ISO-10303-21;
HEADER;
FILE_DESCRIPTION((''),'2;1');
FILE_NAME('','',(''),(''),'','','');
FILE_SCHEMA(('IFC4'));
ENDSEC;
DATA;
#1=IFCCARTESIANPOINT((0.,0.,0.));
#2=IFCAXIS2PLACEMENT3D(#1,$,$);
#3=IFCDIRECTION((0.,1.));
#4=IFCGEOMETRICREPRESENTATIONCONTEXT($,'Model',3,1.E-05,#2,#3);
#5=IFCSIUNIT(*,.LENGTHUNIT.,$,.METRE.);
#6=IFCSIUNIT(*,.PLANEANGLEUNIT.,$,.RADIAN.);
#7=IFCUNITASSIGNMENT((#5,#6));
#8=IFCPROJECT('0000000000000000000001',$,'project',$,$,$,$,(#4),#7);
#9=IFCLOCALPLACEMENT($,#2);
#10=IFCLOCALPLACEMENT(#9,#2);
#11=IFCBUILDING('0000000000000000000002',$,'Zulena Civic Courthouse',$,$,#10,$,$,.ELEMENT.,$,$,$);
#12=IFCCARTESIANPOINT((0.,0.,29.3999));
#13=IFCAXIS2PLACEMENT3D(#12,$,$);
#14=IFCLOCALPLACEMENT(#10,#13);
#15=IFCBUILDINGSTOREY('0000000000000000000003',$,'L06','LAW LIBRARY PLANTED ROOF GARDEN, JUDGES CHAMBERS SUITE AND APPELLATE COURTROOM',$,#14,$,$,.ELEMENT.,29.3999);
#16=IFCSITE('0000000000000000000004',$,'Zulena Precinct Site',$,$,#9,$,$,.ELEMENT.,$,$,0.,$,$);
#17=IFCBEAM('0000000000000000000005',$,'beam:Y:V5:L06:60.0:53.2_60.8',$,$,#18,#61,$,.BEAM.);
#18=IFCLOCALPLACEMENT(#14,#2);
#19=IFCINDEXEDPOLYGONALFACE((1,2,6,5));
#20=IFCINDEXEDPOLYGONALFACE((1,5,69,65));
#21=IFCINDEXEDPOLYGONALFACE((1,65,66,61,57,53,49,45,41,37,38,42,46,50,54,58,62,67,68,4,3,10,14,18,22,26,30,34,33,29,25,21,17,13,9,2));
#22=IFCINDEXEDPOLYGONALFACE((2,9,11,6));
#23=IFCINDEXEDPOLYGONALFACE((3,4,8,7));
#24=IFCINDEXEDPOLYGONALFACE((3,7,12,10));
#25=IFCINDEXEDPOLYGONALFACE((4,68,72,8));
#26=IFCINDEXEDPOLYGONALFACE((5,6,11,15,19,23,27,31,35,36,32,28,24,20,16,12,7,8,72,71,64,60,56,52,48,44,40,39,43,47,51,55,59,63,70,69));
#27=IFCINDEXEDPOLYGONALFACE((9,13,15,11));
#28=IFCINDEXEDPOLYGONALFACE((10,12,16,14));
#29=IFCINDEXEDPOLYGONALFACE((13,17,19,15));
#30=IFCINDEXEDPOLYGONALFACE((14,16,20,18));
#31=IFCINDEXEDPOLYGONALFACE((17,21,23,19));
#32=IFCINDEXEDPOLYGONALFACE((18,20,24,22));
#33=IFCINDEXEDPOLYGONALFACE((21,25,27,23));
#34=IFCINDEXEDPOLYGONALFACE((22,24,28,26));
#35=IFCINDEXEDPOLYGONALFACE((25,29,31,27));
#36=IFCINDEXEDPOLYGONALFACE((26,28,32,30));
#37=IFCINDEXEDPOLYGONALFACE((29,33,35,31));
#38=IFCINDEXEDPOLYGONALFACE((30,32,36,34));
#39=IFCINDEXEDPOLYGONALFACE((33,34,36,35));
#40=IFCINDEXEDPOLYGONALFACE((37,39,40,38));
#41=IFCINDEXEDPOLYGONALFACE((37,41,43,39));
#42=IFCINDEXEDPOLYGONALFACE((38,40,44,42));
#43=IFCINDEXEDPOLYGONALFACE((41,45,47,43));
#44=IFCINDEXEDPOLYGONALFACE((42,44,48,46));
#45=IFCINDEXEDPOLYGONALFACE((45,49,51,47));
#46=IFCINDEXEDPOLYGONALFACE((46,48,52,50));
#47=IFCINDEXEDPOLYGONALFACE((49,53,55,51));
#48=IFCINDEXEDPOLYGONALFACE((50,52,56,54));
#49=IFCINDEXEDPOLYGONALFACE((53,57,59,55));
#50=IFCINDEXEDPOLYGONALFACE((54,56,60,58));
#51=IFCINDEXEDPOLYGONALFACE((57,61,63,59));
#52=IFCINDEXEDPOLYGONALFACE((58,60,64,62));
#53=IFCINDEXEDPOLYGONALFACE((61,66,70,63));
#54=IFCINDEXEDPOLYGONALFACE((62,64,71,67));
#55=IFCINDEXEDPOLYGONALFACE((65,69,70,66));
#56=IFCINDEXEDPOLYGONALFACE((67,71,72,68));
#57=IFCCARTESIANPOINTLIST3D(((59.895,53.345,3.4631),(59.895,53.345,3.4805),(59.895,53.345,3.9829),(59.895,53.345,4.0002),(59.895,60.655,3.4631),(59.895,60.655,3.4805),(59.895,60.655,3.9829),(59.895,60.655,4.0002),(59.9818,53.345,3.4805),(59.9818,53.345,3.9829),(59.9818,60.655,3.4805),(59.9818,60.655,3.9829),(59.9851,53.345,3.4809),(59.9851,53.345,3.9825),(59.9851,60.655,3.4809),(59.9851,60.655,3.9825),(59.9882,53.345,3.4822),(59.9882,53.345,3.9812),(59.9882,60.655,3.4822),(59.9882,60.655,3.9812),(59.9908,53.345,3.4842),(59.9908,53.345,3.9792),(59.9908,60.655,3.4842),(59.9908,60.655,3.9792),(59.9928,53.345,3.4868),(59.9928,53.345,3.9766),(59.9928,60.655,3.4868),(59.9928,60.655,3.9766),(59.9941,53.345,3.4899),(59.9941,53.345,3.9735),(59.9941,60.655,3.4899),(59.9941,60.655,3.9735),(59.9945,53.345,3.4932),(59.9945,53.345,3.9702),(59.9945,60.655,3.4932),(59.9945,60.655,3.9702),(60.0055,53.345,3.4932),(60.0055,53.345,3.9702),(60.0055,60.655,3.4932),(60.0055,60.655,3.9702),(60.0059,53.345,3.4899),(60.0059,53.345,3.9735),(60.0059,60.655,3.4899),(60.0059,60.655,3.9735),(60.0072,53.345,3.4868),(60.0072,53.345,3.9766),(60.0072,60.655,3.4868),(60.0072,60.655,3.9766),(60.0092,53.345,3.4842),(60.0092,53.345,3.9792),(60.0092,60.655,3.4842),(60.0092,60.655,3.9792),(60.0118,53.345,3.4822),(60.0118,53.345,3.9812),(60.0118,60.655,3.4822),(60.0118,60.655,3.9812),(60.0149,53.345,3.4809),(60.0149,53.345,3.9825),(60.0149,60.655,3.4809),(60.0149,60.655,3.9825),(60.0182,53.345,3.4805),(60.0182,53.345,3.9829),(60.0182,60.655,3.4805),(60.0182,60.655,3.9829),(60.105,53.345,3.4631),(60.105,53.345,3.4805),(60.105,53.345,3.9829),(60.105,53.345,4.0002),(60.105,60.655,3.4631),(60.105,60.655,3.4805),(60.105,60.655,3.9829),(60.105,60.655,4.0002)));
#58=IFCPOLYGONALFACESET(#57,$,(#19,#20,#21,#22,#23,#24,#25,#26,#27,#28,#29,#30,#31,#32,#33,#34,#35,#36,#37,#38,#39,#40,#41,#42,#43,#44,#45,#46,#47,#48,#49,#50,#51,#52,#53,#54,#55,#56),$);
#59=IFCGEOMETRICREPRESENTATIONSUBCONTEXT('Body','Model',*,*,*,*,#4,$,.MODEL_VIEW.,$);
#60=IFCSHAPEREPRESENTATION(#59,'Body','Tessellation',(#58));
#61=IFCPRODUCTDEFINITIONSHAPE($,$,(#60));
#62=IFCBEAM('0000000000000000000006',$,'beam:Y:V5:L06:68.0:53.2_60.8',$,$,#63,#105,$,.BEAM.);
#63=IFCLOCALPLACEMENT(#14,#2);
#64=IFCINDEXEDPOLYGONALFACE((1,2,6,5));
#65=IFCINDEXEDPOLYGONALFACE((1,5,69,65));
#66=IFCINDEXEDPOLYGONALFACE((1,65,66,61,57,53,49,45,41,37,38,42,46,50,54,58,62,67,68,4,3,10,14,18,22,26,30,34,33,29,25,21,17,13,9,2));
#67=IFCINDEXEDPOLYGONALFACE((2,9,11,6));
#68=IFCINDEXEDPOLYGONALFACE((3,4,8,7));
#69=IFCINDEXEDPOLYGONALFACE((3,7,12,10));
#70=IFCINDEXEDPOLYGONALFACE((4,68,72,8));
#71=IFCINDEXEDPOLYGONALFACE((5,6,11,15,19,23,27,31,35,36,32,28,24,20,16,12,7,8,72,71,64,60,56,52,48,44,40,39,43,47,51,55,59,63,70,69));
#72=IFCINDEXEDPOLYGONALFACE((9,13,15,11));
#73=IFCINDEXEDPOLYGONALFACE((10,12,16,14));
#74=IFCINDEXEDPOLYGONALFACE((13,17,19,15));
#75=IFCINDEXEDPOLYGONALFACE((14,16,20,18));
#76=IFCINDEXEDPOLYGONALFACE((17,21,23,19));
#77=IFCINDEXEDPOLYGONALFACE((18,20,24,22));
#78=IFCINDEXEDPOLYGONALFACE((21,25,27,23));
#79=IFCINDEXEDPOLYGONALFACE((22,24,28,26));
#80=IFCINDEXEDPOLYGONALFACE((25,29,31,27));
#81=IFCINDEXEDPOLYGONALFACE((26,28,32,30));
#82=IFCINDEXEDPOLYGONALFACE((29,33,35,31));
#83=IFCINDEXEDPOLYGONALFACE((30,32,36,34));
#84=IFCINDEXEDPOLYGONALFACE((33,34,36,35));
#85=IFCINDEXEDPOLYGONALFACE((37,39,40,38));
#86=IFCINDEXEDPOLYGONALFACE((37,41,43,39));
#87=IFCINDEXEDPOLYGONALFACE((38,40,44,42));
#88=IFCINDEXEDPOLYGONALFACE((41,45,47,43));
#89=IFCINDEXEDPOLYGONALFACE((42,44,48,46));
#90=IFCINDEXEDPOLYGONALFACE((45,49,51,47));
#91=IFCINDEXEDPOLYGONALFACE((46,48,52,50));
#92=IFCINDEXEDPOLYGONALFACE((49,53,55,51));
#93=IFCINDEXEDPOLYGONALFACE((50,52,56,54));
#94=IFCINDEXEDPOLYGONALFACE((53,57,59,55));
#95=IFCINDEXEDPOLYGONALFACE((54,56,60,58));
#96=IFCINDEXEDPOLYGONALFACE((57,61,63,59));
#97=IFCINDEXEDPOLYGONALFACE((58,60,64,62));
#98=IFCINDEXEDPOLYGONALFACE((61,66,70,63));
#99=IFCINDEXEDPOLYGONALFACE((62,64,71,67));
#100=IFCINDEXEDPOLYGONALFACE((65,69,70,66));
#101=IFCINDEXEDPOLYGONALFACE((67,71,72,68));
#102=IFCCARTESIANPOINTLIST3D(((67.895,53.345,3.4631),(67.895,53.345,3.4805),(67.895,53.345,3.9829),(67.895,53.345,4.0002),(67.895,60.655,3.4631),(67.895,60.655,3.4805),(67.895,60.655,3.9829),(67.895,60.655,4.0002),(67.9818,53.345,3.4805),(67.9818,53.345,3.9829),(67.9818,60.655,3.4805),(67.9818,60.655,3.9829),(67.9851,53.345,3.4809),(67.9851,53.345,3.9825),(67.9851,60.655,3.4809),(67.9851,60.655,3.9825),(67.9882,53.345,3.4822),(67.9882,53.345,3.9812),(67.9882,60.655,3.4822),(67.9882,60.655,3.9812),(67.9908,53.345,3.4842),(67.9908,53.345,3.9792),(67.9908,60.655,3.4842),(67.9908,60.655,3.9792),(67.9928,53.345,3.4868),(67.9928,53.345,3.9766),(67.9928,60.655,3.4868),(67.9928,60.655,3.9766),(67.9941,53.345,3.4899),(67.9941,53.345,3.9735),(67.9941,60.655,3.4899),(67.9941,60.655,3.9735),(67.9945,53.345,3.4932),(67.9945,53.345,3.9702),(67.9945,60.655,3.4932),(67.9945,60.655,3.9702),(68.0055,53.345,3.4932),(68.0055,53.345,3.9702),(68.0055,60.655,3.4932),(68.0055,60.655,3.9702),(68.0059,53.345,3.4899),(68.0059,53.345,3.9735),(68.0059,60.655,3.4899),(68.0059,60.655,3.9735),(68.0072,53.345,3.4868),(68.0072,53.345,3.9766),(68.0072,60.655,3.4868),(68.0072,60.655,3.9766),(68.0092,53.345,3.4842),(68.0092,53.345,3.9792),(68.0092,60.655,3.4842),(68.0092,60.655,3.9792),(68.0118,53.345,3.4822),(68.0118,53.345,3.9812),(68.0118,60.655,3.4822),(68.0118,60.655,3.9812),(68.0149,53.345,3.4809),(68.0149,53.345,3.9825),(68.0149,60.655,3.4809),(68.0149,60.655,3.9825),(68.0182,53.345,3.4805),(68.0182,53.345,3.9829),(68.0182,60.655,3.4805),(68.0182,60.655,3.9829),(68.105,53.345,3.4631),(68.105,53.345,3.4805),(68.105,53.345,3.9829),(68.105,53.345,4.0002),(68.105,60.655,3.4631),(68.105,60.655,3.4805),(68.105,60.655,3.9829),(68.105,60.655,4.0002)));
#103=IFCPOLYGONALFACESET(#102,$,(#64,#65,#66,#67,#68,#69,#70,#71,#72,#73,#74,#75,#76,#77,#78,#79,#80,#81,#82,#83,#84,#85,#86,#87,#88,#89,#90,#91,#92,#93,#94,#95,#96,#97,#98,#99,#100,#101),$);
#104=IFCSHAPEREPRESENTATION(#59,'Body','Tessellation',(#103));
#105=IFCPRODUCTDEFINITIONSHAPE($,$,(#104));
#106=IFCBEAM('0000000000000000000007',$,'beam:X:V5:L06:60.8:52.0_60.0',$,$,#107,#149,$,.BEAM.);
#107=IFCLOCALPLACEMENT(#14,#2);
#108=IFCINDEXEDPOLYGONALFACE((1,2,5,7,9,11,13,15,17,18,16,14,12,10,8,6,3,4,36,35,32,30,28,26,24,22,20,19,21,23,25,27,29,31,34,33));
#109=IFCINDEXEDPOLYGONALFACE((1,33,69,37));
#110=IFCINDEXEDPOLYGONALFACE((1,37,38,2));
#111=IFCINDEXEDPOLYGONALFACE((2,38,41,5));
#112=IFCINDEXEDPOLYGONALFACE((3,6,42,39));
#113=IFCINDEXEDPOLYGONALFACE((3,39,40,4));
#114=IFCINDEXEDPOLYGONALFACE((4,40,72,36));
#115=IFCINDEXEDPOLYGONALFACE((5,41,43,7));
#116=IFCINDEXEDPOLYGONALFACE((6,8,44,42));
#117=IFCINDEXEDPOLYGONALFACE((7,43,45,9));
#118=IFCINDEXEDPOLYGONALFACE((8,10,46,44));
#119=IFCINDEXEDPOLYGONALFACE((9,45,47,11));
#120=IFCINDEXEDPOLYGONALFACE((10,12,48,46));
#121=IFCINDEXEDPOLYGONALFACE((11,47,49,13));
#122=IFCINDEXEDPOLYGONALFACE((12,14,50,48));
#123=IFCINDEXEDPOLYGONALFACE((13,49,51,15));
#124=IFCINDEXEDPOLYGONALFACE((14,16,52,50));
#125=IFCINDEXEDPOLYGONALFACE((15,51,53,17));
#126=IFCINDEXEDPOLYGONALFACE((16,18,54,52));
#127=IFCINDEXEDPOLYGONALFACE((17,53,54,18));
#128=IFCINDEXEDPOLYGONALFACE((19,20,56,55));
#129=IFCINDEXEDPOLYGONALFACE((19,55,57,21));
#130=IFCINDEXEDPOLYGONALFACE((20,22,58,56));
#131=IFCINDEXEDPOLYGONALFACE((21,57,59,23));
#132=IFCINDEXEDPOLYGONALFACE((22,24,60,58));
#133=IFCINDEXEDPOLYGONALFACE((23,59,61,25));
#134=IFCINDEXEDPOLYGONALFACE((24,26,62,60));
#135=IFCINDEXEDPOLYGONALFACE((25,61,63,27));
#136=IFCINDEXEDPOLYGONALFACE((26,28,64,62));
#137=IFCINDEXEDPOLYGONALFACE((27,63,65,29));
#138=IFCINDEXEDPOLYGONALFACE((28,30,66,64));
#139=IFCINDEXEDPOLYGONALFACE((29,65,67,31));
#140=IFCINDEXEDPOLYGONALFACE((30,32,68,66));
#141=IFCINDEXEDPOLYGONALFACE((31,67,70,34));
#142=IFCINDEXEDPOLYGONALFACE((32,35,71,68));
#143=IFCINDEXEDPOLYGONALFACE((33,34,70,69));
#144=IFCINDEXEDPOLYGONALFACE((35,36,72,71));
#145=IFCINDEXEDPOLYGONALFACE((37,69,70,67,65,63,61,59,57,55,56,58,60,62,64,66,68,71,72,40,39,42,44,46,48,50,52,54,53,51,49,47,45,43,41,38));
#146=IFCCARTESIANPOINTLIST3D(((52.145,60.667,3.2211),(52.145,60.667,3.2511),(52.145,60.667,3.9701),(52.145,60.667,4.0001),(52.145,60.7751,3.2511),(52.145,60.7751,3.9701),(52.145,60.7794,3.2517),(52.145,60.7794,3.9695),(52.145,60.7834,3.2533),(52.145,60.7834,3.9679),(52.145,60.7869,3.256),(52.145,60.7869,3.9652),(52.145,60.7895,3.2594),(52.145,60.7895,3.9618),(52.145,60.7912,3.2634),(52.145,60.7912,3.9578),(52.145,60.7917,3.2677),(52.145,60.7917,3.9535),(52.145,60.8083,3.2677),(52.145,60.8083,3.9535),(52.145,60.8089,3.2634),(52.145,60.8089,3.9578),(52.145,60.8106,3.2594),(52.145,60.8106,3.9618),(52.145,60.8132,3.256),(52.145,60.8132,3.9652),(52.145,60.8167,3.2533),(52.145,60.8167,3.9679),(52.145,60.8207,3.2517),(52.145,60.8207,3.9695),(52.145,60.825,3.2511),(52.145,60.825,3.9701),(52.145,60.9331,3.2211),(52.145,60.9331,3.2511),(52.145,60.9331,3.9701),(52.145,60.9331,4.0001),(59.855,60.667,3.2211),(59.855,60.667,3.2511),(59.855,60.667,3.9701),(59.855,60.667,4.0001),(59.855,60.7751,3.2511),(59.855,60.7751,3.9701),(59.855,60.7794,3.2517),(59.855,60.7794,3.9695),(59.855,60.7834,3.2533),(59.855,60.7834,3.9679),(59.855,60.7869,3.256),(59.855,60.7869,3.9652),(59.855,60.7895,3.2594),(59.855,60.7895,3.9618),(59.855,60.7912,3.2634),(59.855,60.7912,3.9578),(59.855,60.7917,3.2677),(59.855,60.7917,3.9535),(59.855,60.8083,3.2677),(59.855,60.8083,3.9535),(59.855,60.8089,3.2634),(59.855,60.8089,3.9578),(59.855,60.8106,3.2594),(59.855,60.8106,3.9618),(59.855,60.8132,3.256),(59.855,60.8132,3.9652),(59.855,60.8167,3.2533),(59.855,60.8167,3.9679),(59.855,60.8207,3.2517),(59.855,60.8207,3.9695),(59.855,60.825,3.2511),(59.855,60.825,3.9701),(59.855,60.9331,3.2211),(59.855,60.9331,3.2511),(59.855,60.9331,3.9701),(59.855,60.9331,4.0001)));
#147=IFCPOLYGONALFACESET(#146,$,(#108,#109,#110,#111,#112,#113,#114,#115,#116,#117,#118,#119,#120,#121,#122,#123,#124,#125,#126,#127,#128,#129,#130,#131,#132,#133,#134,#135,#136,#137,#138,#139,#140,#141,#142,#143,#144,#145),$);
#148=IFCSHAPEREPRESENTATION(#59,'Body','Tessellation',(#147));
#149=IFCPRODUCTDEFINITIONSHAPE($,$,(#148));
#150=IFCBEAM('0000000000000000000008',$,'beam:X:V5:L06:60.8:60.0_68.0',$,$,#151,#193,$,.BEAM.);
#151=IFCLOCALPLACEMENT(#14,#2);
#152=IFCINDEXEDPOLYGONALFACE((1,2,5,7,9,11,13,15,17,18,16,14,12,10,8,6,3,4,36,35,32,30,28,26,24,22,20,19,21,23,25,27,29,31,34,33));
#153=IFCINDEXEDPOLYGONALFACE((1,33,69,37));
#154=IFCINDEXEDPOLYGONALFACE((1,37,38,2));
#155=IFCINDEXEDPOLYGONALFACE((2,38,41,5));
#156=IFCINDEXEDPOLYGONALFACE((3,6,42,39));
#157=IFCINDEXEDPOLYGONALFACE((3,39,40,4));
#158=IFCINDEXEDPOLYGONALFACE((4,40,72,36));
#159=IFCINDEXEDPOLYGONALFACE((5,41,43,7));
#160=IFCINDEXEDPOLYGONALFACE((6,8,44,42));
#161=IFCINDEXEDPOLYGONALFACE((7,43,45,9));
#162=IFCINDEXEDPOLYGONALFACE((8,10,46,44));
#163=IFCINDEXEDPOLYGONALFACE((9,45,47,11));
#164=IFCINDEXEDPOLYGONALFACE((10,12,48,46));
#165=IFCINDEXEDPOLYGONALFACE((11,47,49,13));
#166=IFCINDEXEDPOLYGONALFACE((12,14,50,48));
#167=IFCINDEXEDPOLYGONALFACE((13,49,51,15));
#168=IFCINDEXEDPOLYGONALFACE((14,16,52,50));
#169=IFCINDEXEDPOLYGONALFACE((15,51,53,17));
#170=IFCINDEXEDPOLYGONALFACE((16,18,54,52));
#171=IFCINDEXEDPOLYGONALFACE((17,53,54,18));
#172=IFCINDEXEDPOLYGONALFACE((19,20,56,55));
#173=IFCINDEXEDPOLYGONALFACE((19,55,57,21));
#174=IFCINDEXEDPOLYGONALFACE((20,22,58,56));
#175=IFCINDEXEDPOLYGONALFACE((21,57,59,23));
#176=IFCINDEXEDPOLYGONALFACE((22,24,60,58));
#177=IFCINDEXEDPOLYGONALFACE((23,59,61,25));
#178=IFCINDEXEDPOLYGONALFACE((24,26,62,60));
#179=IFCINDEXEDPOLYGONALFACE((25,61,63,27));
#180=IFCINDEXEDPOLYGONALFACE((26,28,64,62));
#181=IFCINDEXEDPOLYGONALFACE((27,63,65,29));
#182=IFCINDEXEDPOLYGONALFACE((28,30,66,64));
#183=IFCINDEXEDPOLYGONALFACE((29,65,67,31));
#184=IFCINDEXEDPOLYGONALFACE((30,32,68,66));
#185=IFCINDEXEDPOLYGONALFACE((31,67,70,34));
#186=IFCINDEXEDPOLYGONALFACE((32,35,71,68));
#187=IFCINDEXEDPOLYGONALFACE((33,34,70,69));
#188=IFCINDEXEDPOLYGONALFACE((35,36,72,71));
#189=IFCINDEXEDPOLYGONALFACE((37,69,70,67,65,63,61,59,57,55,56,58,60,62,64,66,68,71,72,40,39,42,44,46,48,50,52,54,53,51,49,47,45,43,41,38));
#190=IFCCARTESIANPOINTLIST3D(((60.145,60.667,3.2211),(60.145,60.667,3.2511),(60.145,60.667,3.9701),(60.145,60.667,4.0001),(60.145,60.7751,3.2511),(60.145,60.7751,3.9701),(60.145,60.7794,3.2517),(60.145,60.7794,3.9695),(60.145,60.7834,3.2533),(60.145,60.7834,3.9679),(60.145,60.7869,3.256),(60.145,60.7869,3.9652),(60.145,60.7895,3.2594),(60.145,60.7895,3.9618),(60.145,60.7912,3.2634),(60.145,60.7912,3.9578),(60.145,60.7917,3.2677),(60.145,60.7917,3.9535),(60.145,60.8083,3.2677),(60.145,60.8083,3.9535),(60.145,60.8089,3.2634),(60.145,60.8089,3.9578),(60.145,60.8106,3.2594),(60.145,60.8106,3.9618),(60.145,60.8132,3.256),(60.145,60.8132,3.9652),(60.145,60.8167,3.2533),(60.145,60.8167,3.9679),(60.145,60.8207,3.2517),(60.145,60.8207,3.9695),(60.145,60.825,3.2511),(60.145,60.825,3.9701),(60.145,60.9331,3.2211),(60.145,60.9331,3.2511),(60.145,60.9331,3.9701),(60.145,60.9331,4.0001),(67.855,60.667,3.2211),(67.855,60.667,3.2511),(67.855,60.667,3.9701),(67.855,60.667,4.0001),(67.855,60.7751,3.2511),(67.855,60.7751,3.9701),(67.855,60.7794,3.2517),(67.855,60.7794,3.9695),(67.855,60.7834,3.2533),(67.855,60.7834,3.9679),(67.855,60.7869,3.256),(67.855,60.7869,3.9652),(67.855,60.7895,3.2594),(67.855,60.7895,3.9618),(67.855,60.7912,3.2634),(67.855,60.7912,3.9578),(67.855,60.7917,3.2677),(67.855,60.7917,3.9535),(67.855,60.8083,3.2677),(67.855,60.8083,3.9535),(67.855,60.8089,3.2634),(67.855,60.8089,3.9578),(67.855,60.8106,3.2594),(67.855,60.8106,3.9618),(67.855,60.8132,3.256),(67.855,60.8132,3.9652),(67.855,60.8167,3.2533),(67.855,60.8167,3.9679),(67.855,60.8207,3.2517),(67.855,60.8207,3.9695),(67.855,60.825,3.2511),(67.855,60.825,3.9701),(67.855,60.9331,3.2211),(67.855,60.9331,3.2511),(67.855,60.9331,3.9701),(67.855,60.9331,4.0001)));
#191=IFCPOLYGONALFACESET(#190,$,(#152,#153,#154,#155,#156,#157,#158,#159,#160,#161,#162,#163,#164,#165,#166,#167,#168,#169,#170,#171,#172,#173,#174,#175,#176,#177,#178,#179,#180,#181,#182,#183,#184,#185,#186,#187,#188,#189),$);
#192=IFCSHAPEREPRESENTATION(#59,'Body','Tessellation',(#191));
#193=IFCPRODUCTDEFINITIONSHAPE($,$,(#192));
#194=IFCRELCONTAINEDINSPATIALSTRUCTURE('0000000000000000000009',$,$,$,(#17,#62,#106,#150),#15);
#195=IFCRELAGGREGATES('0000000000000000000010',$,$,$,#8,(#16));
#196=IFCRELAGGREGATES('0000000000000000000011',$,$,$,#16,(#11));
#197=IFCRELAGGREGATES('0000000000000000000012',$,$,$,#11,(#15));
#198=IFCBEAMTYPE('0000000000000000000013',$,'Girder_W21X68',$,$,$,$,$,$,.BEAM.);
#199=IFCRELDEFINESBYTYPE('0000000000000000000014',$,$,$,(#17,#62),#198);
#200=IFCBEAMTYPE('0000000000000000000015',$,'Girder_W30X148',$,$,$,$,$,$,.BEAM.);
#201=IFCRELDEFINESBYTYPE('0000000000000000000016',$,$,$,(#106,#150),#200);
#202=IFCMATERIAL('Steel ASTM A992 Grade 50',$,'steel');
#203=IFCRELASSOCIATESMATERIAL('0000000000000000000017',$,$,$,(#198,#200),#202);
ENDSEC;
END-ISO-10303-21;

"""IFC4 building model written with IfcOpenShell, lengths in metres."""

from ifc_helpers import new_model, si_unit, direction, frame, origin, origin_2d, place, context, subcontext, project, spatial, i_section, extrude, material, material_profile, profile_set, type_object, element, save


model = new_model("IFC4")

# Units and contexts
model_context = context("Model", 3, precision=1e-05, world=origin(), true_north=direction((0.0, 1.0)))
body_context = subcontext(model_context, "Body", "Model", "MODEL_VIEW")
ifc_project = project(units=[si_unit("LENGTHUNIT", "METRE"), si_unit("PLANEANGLEUNIT", "RADIAN")], contexts=[model_context])

# Site, building, storey
site_placement = place(None, origin())
site = spatial("IfcSite", under=ifc_project, at=site_placement, Name="Zulena Precinct Site", CompositionType="ELEMENT", RefElevation=0.0)
building_placement = place(site_placement, origin())
building = spatial("IfcBuilding", under=site, at=building_placement, Name="Zulena Civic Courthouse", CompositionType="ELEMENT")
storey_placement = place(building_placement, frame((0.0, 0.0, 29.3999)))
storey = spatial("IfcBuildingStorey", under=building, at=storey_placement, Name="L06", Description="LAW LIBRARY PLANTED ROOF GARDEN, JUDGES CHAMBERS SUITE AND APPELLATE COURTROOM", CompositionType="ELEMENT", Elevation=29.3999)

# Shared definitions
ifc_material_1 = material(Name="Steel ASTM A992 Grade 50", Category="steel")

# Beams
ifc_material_profile_1 = material_profile(ifc_material_1, i_section(OverallWidth=0.21, OverallDepth=0.5371, WebThickness=0.011, FlangeThickness=0.0173, FilletRadius=0.0127, at=origin_2d()), Name="W21X68")
ifc_profile_set_1 = profile_set([ifc_material_profile_1], Name="Steel ASTM A992 Grade 50")
beam_type_1 = type_object("IfcBeamType", Name="Girder_W21X68", PredefinedType="BEAM", material=ifc_profile_set_1)
for number, where, z_axis, x_axis, name in (
    (1, (60.0, 53.345, 3.7317), (0.0, 1.0, 0.0), (-1.0, 0.0, 0.0), "beam:Y:V5:L06:60.0:53.2_60.8"),
    (2, (68.0, 53.345, 3.7317), (0.0, 1.0, 0.0), (-1.0, 0.0, 0.0), "beam:Y:V5:L06:68.0:53.2_60.8"),
):
    element("IfcBeam", number, at=place(storey_placement, frame(where, z_axis=z_axis, x_axis=x_axis)), inside=storey, type_object=beam_type_1, Name=name, PredefinedType="BEAM", context=body_context, shape_type="SweptSolid", body=[
        extrude(i_section(OverallWidth=0.21, OverallDepth=0.5371, WebThickness=0.011, FlangeThickness=0.0173, FilletRadius=0.0127, at=origin_2d()), origin(), (0.0, 0.0, 1.0), 7.3101),
    ])
ifc_material_profile_2 = material_profile(ifc_material_1, i_section(OverallWidth=0.2661, OverallDepth=0.7791, WebThickness=0.0166, FlangeThickness=0.03, FilletRadius=0.0166, at=origin_2d()), Name="W30X148")
ifc_profile_set_2 = profile_set([ifc_material_profile_2], Name="Steel ASTM A992 Grade 50")
beam_type_2 = type_object("IfcBeamType", Name="Girder_W30X148", PredefinedType="BEAM", material=ifc_profile_set_2)
for number, where, z_axis, x_axis, name in (
    (3, (52.145, 60.8, 3.6106), (1.0, 0.0, 0.0), (0.0, 1.0, 0.0), "beam:X:V5:L06:60.8:52.0_60.0"),
    (4, (60.145, 60.8, 3.6106), (1.0, 0.0, 0.0), (0.0, 1.0, 0.0), "beam:X:V5:L06:60.8:60.0_68.0"),
):
    element("IfcBeam", number, at=place(storey_placement, frame(where, z_axis=z_axis, x_axis=x_axis)), inside=storey, type_object=beam_type_2, Name=name, PredefinedType="BEAM", context=body_context, shape_type="SweptSolid", body=[
        extrude(i_section(OverallWidth=0.2661, OverallDepth=0.7791, WebThickness=0.0166, FlangeThickness=0.03, FilletRadius=0.0166, at=origin_2d()), origin(), (0.0, 0.0, 1.0), 7.71),
    ])

save(model, "model.ifc")
